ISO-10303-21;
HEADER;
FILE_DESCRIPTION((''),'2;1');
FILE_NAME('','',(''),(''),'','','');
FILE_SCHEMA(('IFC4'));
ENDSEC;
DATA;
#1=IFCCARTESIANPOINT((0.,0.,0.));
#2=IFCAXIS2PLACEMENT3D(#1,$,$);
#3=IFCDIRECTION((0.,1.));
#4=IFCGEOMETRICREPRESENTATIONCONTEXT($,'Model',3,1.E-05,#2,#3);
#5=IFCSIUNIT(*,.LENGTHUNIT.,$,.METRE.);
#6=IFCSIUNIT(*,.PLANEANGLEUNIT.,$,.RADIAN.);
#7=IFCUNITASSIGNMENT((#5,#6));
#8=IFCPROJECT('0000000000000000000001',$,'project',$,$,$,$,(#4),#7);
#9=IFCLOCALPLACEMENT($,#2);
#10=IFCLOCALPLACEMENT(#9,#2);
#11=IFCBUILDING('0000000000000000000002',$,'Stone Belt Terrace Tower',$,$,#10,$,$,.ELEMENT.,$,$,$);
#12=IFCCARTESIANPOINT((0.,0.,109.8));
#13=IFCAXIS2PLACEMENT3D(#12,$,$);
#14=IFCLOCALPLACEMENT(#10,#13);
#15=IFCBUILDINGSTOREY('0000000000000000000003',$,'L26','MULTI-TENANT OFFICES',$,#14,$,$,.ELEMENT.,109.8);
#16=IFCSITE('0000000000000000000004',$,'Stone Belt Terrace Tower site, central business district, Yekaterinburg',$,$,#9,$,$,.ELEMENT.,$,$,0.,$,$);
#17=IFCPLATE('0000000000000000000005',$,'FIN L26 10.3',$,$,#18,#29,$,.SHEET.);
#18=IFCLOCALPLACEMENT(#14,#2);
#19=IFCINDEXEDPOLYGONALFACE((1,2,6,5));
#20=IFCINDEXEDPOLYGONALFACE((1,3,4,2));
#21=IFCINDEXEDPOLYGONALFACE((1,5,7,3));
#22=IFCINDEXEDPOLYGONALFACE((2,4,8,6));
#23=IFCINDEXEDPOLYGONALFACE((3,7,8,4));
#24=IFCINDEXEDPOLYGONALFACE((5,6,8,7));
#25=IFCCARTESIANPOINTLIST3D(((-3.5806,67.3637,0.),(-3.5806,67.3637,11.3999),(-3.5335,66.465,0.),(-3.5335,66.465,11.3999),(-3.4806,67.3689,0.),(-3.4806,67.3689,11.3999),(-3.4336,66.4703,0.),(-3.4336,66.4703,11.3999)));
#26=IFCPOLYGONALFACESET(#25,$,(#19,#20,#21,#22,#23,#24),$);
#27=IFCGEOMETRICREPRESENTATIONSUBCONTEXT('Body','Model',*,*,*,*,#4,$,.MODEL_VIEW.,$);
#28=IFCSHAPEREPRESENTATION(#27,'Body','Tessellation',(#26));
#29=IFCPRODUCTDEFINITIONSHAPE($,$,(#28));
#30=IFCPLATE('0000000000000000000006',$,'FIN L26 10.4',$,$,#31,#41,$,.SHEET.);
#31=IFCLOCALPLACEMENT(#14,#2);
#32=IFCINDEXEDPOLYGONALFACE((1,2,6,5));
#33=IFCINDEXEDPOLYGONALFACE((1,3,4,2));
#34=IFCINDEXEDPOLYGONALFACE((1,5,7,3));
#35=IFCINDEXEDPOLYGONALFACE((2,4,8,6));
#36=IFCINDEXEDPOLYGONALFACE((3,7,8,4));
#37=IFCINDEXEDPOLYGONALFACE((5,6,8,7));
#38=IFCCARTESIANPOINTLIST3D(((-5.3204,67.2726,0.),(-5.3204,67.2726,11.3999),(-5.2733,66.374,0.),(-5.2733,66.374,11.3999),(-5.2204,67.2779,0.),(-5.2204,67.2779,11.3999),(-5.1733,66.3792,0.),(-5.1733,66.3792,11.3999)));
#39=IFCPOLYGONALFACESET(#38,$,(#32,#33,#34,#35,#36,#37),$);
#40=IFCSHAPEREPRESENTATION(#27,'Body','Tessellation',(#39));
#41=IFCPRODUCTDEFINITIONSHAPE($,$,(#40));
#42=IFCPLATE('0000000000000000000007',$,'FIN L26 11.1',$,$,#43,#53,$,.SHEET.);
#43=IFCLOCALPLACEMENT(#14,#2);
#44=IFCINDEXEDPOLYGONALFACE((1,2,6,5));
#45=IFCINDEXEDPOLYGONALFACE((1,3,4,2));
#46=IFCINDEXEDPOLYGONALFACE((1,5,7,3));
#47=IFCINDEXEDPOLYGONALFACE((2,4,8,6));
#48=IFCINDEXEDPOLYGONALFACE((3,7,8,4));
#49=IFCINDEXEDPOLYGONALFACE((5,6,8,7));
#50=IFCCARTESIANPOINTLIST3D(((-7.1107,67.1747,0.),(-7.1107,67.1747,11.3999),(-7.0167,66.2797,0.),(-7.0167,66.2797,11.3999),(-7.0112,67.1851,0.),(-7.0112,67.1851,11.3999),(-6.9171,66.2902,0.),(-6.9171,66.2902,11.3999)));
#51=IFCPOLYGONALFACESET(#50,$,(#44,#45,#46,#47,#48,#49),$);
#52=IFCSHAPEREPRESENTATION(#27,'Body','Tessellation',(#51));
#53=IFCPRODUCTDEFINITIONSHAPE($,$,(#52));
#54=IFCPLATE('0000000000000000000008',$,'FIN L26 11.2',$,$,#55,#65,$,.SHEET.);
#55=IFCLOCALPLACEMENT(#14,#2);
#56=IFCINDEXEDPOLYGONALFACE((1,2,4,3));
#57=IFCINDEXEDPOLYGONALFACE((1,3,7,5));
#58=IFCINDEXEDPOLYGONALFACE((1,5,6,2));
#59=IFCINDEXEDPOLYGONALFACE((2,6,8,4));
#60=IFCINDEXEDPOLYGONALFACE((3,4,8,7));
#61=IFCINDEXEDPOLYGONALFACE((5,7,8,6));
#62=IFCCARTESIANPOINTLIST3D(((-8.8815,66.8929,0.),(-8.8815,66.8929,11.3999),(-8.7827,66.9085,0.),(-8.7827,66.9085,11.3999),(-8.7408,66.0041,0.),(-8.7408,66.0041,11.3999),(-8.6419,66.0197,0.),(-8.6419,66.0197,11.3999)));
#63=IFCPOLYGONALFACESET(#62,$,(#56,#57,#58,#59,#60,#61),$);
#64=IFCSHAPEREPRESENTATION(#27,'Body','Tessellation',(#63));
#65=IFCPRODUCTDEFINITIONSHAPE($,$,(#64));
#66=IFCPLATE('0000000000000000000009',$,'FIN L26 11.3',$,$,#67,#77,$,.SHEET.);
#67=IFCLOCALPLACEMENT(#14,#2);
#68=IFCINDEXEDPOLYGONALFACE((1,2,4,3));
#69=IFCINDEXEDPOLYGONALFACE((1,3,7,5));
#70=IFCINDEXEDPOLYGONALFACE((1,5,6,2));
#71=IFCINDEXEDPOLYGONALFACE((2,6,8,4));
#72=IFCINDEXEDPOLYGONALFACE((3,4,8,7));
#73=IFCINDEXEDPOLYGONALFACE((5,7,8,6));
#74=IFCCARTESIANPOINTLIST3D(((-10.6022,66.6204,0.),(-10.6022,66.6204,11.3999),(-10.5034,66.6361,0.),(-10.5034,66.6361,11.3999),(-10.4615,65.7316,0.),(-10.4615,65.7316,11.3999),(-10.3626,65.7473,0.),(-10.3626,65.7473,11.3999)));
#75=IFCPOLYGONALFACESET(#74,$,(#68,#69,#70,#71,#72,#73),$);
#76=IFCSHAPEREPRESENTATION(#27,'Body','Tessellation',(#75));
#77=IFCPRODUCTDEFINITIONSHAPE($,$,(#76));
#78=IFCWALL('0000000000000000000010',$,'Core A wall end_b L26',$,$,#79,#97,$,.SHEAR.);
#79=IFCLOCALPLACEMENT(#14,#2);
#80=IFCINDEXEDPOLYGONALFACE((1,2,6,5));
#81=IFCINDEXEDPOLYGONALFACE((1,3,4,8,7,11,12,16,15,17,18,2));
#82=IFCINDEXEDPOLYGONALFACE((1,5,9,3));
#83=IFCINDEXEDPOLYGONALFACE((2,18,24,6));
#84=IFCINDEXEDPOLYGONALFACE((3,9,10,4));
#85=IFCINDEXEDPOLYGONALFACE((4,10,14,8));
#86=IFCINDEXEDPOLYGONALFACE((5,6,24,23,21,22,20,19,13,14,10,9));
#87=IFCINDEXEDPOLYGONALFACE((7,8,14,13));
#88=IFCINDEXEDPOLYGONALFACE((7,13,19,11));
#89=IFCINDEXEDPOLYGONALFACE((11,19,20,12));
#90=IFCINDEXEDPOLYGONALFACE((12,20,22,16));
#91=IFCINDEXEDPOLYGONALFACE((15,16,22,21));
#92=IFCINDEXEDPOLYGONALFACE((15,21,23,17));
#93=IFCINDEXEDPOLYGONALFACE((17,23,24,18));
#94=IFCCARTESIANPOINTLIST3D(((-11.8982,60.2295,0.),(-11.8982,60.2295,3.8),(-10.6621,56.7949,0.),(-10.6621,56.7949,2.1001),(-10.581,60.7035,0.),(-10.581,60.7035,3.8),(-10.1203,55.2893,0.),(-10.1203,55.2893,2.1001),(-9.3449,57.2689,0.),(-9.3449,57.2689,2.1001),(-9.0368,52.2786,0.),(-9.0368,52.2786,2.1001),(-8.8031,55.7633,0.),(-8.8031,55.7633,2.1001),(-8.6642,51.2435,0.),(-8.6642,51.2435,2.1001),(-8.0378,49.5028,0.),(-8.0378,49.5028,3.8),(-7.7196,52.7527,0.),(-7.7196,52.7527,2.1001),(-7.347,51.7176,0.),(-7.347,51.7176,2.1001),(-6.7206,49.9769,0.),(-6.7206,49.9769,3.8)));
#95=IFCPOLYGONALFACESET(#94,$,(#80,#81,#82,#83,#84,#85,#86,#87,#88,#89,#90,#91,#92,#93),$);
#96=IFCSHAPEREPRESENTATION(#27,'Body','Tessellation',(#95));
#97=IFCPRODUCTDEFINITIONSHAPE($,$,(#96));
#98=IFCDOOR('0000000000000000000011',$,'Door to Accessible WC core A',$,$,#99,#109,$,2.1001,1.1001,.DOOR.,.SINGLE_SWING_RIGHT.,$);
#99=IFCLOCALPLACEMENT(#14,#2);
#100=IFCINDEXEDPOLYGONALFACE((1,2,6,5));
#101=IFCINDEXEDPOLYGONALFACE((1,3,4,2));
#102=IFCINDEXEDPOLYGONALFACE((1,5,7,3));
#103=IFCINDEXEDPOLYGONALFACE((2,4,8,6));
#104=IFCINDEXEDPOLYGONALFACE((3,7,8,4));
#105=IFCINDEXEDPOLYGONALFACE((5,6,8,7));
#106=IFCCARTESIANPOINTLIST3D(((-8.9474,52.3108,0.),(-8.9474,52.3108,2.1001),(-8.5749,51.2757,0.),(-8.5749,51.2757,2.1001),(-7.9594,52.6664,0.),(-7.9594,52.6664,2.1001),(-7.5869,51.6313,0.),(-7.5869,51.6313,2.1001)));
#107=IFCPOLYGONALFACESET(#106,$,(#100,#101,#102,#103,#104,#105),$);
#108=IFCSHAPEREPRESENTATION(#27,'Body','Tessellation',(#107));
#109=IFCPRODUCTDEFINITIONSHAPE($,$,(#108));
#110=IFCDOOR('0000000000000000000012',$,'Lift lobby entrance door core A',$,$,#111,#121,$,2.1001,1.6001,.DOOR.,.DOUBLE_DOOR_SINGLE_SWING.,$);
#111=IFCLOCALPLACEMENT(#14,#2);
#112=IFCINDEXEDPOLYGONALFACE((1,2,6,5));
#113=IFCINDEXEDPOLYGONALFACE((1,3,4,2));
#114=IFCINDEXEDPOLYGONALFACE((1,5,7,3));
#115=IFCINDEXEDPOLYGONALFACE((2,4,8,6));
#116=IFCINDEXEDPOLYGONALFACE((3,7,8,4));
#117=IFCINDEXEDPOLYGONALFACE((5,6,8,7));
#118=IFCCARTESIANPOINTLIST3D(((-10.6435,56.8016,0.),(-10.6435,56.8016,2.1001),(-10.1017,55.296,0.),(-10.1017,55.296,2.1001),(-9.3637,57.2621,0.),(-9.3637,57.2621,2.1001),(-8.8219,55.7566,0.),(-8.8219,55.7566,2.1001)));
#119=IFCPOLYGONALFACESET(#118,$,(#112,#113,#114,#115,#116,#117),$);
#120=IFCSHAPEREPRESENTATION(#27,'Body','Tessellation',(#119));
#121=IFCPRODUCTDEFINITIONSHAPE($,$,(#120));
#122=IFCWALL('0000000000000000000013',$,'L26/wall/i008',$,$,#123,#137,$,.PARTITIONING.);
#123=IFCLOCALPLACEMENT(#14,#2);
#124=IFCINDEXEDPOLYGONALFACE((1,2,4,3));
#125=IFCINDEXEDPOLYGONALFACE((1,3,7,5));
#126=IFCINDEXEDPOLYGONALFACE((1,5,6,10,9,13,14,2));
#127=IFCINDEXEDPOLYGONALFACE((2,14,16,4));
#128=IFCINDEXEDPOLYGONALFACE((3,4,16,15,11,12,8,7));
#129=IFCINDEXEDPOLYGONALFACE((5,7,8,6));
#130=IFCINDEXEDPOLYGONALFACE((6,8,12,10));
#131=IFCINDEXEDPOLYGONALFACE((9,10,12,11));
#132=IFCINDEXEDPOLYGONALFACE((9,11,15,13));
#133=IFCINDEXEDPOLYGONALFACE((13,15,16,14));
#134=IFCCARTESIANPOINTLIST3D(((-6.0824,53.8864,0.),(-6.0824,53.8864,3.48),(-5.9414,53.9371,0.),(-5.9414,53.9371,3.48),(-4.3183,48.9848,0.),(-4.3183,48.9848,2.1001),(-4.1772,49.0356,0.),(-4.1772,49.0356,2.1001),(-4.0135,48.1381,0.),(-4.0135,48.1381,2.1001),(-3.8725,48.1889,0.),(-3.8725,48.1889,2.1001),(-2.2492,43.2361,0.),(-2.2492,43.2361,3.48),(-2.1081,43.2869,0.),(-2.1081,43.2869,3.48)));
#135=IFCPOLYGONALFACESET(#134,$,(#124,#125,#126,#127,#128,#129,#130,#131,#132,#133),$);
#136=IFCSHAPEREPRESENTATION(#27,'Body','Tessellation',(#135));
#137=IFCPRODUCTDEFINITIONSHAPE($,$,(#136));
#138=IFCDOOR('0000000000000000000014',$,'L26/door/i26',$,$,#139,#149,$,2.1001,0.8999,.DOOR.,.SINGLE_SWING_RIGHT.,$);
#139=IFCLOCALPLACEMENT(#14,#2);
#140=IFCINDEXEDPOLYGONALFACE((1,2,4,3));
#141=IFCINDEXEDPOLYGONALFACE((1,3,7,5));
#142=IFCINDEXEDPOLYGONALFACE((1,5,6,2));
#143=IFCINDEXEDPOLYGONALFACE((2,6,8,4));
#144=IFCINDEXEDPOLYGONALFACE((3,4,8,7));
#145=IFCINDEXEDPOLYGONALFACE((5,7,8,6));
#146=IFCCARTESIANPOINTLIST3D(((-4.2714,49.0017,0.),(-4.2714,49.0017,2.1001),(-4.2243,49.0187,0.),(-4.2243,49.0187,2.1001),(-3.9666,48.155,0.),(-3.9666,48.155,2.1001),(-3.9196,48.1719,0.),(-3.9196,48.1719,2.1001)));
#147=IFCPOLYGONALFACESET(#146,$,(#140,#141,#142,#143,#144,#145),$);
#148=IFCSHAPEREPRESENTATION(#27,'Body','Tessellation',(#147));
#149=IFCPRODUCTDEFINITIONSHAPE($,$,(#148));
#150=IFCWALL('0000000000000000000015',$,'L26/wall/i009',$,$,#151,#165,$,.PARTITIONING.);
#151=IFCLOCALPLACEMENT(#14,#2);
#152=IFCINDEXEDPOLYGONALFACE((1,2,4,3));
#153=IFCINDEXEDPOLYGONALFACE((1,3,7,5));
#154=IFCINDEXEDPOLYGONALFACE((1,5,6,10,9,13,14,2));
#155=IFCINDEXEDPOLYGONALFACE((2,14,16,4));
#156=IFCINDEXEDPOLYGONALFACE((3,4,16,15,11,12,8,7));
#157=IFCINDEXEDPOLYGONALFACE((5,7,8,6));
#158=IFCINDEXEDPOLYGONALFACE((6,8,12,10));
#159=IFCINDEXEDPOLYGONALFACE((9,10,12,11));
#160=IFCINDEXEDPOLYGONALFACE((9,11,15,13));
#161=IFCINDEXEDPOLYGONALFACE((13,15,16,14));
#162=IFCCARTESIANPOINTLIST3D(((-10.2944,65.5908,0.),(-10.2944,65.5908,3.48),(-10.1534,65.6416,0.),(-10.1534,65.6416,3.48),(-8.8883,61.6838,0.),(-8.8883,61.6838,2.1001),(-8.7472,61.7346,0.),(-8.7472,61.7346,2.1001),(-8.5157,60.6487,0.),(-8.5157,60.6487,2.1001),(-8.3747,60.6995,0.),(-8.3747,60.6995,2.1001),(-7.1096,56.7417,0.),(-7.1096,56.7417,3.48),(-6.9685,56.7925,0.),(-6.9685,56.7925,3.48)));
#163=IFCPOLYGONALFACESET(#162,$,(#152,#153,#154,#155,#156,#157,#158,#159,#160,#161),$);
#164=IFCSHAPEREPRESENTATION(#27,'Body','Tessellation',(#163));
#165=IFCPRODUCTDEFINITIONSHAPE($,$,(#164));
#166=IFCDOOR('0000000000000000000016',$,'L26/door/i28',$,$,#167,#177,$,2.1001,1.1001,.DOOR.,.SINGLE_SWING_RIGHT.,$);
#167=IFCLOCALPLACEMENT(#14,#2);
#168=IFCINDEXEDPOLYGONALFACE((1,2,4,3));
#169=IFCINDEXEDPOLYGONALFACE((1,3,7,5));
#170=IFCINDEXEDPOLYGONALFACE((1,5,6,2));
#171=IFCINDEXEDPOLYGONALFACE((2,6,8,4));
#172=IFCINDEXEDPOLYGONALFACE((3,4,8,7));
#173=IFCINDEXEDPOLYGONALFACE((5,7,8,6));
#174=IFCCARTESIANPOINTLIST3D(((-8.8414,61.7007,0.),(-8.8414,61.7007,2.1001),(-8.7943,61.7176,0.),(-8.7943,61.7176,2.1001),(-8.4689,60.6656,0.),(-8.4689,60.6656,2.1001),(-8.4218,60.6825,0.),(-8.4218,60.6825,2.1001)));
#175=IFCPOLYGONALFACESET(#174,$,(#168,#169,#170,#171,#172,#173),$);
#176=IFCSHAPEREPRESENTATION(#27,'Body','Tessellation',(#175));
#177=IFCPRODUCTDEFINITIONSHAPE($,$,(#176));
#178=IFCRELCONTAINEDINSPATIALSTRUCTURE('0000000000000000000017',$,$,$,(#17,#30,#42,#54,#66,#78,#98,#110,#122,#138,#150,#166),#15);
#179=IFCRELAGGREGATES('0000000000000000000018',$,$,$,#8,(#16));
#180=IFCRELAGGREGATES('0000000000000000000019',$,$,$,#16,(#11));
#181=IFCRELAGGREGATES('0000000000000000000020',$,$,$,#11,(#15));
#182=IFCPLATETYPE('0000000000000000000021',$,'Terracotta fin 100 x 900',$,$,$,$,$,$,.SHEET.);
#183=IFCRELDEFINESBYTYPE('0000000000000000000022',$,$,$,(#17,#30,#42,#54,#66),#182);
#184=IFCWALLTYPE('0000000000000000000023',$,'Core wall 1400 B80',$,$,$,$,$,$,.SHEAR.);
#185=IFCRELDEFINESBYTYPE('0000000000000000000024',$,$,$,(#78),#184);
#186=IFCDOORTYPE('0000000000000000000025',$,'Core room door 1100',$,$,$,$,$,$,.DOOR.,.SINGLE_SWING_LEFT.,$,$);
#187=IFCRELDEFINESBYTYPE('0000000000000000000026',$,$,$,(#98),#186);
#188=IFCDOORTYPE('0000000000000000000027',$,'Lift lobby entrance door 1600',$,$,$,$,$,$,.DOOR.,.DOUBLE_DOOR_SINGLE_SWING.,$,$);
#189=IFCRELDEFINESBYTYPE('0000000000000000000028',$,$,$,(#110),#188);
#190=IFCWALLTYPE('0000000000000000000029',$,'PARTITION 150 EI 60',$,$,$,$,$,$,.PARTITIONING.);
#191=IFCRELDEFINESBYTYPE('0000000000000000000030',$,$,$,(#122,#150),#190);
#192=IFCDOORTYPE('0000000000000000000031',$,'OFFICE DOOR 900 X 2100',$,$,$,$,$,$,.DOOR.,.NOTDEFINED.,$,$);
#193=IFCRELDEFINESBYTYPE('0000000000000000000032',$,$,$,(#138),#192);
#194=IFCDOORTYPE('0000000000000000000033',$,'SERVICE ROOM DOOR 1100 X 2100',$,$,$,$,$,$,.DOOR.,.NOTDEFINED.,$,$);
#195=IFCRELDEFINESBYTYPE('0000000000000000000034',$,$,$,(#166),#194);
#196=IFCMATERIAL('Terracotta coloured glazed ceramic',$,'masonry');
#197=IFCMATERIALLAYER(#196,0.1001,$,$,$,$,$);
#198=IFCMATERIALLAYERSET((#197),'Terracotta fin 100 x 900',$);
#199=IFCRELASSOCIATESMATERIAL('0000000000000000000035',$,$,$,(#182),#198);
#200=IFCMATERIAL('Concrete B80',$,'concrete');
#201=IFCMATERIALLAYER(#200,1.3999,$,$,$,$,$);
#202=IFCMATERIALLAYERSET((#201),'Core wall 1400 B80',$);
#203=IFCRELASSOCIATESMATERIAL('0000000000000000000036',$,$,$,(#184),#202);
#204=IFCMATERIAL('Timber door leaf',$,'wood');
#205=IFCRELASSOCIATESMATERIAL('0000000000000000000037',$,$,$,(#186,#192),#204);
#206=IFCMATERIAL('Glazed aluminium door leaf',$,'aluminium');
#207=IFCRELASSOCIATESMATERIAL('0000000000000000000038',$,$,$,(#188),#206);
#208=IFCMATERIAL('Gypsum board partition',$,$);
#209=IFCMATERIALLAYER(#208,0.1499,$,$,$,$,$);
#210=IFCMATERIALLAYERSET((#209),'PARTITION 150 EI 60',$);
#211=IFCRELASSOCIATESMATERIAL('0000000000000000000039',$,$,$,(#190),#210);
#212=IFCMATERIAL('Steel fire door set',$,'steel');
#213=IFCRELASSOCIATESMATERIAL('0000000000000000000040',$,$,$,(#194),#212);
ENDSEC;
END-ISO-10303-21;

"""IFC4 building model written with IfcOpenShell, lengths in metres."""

from ifc_helpers import new_model, si_unit, direction, frame, frame_2d, origin, origin_2d, place, context, subcontext, project, spatial, rectangle, extrude, material, layer, layer_set, type_object, element, fill, save


model = new_model("IFC4")

# Units and contexts
model_context = context("Model", 3, precision=1e-05, world=origin(), true_north=direction((0.0, 1.0)))
body_context = subcontext(model_context, "Body", "Model", "MODEL_VIEW")
ifc_project = project(units=[si_unit("LENGTHUNIT", "METRE"), si_unit("PLANEANGLEUNIT", "RADIAN")], contexts=[model_context])

# Site, building, storey
site_placement = place(None, origin())
site = spatial("IfcSite", under=ifc_project, at=site_placement, Name="Stone Belt Terrace Tower site, central business district, Yekaterinburg", CompositionType="ELEMENT", RefElevation=0.0)
building_placement = place(site_placement, origin())
building = spatial("IfcBuilding", under=site, at=building_placement, Name="Stone Belt Terrace Tower", CompositionType="ELEMENT")
storey_placement = place(building_placement, frame((0.0, 0.0, 109.8)))
storey = spatial("IfcBuildingStorey", under=building, at=storey_placement, Name="L26", Description="MULTI-TENANT OFFICES", CompositionType="ELEMENT", Elevation=109.8)

# Shared definitions
ifc_material_1 = material(Name="Concrete B80", Category="concrete")

# Plates
ifc_material_2 = material(Name="Terracotta coloured glazed ceramic", Category="masonry")
ifc_layer_1 = layer(ifc_material_2, 0.1001)
ifc_layer_set_1 = layer_set([ifc_layer_1], Name="Terracotta fin 100 x 900")
plate_type_1 = type_object("IfcPlateType", Name="Terracotta fin 100 x 900", PredefinedType="SHEET", material=ifc_layer_set_1)
for number, where, z_axis, x_axis, name in (
    (1, (-3.5071, 66.917, 0.0), (0.0, 0.0, 1.0), (-0.052336, 0.99863, 0.0), "FIN L26 10.3"),
    (2, (-5.2468, 66.8259, 0.0), (0.0, 0.0, 1.0), (-0.052336, 0.99863, 0.0), "FIN L26 10.4"),
    (3, (-7.0139, 66.7324, 0.0), (0.0, 0.0, 1.0), (-0.104528, 0.994522, 0.0), "FIN L26 11.1"),
    (4, (-8.7617, 66.4563, 0.0), (0.0, 0.0, 1.0), (-0.156434, 0.987688, 0.0), "FIN L26 11.2"),
    (5, (-10.4824, 66.1838, 0.0), (0.0, 0.0, 1.0), (-0.156434, 0.987688, 0.0), "FIN L26 11.3"),
):
    element("IfcPlate", number, at=place(storey_placement, frame(where, z_axis=z_axis, x_axis=x_axis)), inside=storey, type_object=plate_type_1, Name=name, PredefinedType="SHEET", context=body_context, shape_type="SweptSolid", body=[
        extrude(rectangle(XDim=0.8999, YDim=0.1001, at=origin_2d()), origin(), (0.0, 0.0, 1.0), 11.3999),
    ])

# Wall, openings, doors
ifc_layer_2 = layer(ifc_material_1, 1.3999)
ifc_layer_set_2 = layer_set([ifc_layer_2], Name="Core wall 1400 B80")
wall_type_1 = type_object("IfcWallType", Name="Core wall 1400 B80", PredefinedType="SHEAR", material=ifc_layer_set_2)
wall_1_placement = place(storey_placement, frame((-7.3792, 49.7397, 0.0), z_axis=(0.0, 0.0, 1.0), x_axis=(-0.338625, 0.940921, 0.0)))
wall_1 = element("IfcWall", 6, at=wall_1_placement, inside=storey, type_object=wall_type_1, Name="Core A wall end_b L26", PredefinedType="SHEAR", context=body_context, shape_type="SweptSolid", body=[
    extrude(rectangle(XDim=11.4001, YDim=1.3999, at=frame_2d((5.7002, 0.0))), origin(), (0.0, 0.0, 1.0), 3.8),
])
opening_1_placement = place(wall_1_placement, frame((6.1499, 0.0, 0.0)))
opening_1 = element("IfcOpeningElement", 7, at=opening_1_placement, cuts=wall_1, PredefinedType="OPENING", context=body_context, shape_type="SweptSolid", body=[
    extrude(rectangle(XDim=1.6001, YDim=2.1001, at=frame_2d((0.8, 1.05))), frame((0.0, 0.71, 0.0), z_axis=(0.0, -1.0, 0.0), x_axis=(1.0, 0.0, 0.0)), (0.0, 0.0, 1.0), 1.4199),
])
opening_2_placement = place(wall_1_placement, frame((1.8501, 0.0, 0.0)))
opening_2 = element("IfcOpeningElement", 8, at=opening_2_placement, cuts=wall_1, PredefinedType="OPENING", context=body_context, shape_type="SweptSolid", body=[
    extrude(rectangle(XDim=1.1001, YDim=2.1001, at=frame_2d((0.55, 1.05))), frame((0.0, 0.71, 0.0), z_axis=(0.0, -1.0, 0.0), x_axis=(1.0, 0.0, 0.0)), (0.0, 0.0, 1.0), 1.4199),
])
ifc_material_3 = material(Name="Timber door leaf", Category="wood")
door_type_1 = type_object("IfcDoorType", Name="Core room door 1100", OperationType="SINGLE_SWING_LEFT", PredefinedType="DOOR", material=ifc_material_3)
door_1_placement = place(opening_2_placement, origin())
door_1 = element("IfcDoor", 9, at=door_1_placement, inside=storey, type_object=door_type_1, Name="Door to Accessible WC core A", OperationType="SINGLE_SWING_RIGHT", OverallHeight=2.1001, OverallWidth=1.1001, PredefinedType="DOOR", context=body_context, shape_type="SweptSolid", body=[
    extrude(rectangle(XDim=1.1001, YDim=2.1001, at=frame_2d((0.55, 1.05))), frame((0.0, 0.605, 0.0), z_axis=(0.0, -1.0, 0.0), x_axis=(1.0, 0.0, 0.0)), (0.0, 0.0, 1.0), 1.05),
])
fill(opening_2, door_1)
ifc_material_4 = material(Name="Glazed aluminium door leaf", Category="aluminium")
door_type_2 = type_object("IfcDoorType", Name="Lift lobby entrance door 1600", OperationType="DOUBLE_DOOR_SINGLE_SWING", PredefinedType="DOOR", material=ifc_material_4)
door_2_placement = place(opening_1_placement, origin())
door_2 = element("IfcDoor", 10, at=door_2_placement, inside=storey, type_object=door_type_2, Name="Lift lobby entrance door core A", OperationType="DOUBLE_DOOR_SINGLE_SWING", OverallHeight=2.1001, OverallWidth=1.6001, PredefinedType="DOOR", context=body_context, shape_type="SweptSolid", body=[
    extrude(rectangle(XDim=1.6001, YDim=2.1001, at=frame_2d((0.8, 1.05))), frame((0.0, 0.6802, 0.0), z_axis=(0.0, -1.0, 0.0), x_axis=(1.0, 0.0, 0.0)), (0.0, 0.0, 1.0), 1.3601),
])
fill(opening_1, door_2)

# Walls, openings, doors
ifc_material_5 = material(Name="Gypsum board partition")
ifc_layer_3 = layer(ifc_material_5, 0.1499)
ifc_layer_set_3 = layer_set([ifc_layer_3], Name="PARTITION 150 EI 60")
wall_type_2 = type_object("IfcWallType", Name="PARTITION 150 EI 60", PredefinedType="PARTITIONING", material=ifc_layer_set_3)
wall_2_placement = place(storey_placement, frame((-6.012, 53.9119, 0.0), z_axis=(0.0, 0.0, 1.0), x_axis=(0.338657, -0.94091, 0.0)))
wall_2 = element("IfcWall", 11, at=wall_2_placement, inside=storey, type_object=wall_type_2, Name="L26/wall/i008", PredefinedType="PARTITIONING", context=body_context, shape_type="SweptSolid", body=[
    extrude(rectangle(XDim=11.3191, YDim=0.1499, at=frame_2d((5.6597, 0.0))), origin(), (0.0, 0.0, 1.0), 3.48),
])
opening_3_placement = place(wall_2_placement, frame((5.2095, 0.0, 0.0)))
opening_3 = element("IfcOpeningElement", 12, at=opening_3_placement, cuts=wall_2, PredefinedType="OPENING", context=body_context, shape_type="SweptSolid", body=[
    extrude(rectangle(XDim=0.8999, YDim=2.1001, at=frame_2d((0.45, 1.05))), frame((0.0, 0.085, 0.0), z_axis=(0.0, -1.0, 0.0), x_axis=(1.0, 0.0, 0.0)), (0.0, 0.0, 1.0), 0.1699),
])
door_type_3 = type_object("IfcDoorType", Name="OFFICE DOOR 900 X 2100", OperationType="NOTDEFINED", PredefinedType="DOOR", material=ifc_material_3)
door_3_placement = place(opening_3_placement, origin())
door_3 = element("IfcDoor", 13, at=door_3_placement, inside=storey, type_object=door_type_3, Name="L26/door/i26", OperationType="SINGLE_SWING_RIGHT", OverallHeight=2.1001, OverallWidth=0.8999, PredefinedType="DOOR", context=body_context, shape_type="SweptSolid", body=[
    extrude(rectangle(XDim=0.8999, YDim=2.1001, at=frame_2d((0.45, 1.05))), frame((0.0, 0.0249, 0.0), z_axis=(0.0, -1.0, 0.0), x_axis=(1.0, 0.0, 0.0)), (0.0, 0.0, 1.0), 0.05),
])
fill(opening_3, door_3)
wall_3_placement = place(storey_placement, frame((-10.2239, 65.6162, 0.0), z_axis=(0.0, 0.0, 1.0), x_axis=(0.338638, -0.940917, 0.0)))
wall_3 = element("IfcWall", 14, at=wall_3_placement, inside=storey, type_object=wall_type_2, Name="L26/wall/i009", PredefinedType="PARTITIONING", context=body_context, shape_type="SweptSolid", body=[
    extrude(rectangle(XDim=9.4048, YDim=0.1499, at=frame_2d((4.7024, 0.0))), origin(), (0.0, 0.0, 1.0), 3.48),
])
opening_4_placement = place(wall_3_placement, frame((4.1523, 0.0, 0.0)))
opening_4 = element("IfcOpeningElement", 15, at=opening_4_placement, cuts=wall_3, PredefinedType="OPENING", context=body_context, shape_type="SweptSolid", body=[
    extrude(rectangle(XDim=1.1001, YDim=2.1001, at=frame_2d((0.55, 1.05))), frame((0.0, 0.085, 0.0), z_axis=(0.0, -1.0, 0.0), x_axis=(1.0, 0.0, 0.0)), (0.0, 0.0, 1.0), 0.1699),
])
ifc_material_6 = material(Name="Steel fire door set", Category="steel")
door_type_4 = type_object("IfcDoorType", Name="SERVICE ROOM DOOR 1100 X 2100", OperationType="NOTDEFINED", PredefinedType="DOOR", material=ifc_material_6)
door_4_placement = place(opening_4_placement, origin())
door_4 = element("IfcDoor", 16, at=door_4_placement, inside=storey, type_object=door_type_4, Name="L26/door/i28", OperationType="SINGLE_SWING_RIGHT", OverallHeight=2.1001, OverallWidth=1.1001, PredefinedType="DOOR", context=body_context, shape_type="SweptSolid", body=[
    extrude(rectangle(XDim=1.1001, YDim=2.1001, at=frame_2d((0.55, 1.05))), frame((0.0, 0.0249, 0.0), z_axis=(0.0, -1.0, 0.0), x_axis=(1.0, 0.0, 0.0)), (0.0, 0.0, 1.0), 0.05),
])
fill(opening_4, door_4)

save(model, "model.ifc")
